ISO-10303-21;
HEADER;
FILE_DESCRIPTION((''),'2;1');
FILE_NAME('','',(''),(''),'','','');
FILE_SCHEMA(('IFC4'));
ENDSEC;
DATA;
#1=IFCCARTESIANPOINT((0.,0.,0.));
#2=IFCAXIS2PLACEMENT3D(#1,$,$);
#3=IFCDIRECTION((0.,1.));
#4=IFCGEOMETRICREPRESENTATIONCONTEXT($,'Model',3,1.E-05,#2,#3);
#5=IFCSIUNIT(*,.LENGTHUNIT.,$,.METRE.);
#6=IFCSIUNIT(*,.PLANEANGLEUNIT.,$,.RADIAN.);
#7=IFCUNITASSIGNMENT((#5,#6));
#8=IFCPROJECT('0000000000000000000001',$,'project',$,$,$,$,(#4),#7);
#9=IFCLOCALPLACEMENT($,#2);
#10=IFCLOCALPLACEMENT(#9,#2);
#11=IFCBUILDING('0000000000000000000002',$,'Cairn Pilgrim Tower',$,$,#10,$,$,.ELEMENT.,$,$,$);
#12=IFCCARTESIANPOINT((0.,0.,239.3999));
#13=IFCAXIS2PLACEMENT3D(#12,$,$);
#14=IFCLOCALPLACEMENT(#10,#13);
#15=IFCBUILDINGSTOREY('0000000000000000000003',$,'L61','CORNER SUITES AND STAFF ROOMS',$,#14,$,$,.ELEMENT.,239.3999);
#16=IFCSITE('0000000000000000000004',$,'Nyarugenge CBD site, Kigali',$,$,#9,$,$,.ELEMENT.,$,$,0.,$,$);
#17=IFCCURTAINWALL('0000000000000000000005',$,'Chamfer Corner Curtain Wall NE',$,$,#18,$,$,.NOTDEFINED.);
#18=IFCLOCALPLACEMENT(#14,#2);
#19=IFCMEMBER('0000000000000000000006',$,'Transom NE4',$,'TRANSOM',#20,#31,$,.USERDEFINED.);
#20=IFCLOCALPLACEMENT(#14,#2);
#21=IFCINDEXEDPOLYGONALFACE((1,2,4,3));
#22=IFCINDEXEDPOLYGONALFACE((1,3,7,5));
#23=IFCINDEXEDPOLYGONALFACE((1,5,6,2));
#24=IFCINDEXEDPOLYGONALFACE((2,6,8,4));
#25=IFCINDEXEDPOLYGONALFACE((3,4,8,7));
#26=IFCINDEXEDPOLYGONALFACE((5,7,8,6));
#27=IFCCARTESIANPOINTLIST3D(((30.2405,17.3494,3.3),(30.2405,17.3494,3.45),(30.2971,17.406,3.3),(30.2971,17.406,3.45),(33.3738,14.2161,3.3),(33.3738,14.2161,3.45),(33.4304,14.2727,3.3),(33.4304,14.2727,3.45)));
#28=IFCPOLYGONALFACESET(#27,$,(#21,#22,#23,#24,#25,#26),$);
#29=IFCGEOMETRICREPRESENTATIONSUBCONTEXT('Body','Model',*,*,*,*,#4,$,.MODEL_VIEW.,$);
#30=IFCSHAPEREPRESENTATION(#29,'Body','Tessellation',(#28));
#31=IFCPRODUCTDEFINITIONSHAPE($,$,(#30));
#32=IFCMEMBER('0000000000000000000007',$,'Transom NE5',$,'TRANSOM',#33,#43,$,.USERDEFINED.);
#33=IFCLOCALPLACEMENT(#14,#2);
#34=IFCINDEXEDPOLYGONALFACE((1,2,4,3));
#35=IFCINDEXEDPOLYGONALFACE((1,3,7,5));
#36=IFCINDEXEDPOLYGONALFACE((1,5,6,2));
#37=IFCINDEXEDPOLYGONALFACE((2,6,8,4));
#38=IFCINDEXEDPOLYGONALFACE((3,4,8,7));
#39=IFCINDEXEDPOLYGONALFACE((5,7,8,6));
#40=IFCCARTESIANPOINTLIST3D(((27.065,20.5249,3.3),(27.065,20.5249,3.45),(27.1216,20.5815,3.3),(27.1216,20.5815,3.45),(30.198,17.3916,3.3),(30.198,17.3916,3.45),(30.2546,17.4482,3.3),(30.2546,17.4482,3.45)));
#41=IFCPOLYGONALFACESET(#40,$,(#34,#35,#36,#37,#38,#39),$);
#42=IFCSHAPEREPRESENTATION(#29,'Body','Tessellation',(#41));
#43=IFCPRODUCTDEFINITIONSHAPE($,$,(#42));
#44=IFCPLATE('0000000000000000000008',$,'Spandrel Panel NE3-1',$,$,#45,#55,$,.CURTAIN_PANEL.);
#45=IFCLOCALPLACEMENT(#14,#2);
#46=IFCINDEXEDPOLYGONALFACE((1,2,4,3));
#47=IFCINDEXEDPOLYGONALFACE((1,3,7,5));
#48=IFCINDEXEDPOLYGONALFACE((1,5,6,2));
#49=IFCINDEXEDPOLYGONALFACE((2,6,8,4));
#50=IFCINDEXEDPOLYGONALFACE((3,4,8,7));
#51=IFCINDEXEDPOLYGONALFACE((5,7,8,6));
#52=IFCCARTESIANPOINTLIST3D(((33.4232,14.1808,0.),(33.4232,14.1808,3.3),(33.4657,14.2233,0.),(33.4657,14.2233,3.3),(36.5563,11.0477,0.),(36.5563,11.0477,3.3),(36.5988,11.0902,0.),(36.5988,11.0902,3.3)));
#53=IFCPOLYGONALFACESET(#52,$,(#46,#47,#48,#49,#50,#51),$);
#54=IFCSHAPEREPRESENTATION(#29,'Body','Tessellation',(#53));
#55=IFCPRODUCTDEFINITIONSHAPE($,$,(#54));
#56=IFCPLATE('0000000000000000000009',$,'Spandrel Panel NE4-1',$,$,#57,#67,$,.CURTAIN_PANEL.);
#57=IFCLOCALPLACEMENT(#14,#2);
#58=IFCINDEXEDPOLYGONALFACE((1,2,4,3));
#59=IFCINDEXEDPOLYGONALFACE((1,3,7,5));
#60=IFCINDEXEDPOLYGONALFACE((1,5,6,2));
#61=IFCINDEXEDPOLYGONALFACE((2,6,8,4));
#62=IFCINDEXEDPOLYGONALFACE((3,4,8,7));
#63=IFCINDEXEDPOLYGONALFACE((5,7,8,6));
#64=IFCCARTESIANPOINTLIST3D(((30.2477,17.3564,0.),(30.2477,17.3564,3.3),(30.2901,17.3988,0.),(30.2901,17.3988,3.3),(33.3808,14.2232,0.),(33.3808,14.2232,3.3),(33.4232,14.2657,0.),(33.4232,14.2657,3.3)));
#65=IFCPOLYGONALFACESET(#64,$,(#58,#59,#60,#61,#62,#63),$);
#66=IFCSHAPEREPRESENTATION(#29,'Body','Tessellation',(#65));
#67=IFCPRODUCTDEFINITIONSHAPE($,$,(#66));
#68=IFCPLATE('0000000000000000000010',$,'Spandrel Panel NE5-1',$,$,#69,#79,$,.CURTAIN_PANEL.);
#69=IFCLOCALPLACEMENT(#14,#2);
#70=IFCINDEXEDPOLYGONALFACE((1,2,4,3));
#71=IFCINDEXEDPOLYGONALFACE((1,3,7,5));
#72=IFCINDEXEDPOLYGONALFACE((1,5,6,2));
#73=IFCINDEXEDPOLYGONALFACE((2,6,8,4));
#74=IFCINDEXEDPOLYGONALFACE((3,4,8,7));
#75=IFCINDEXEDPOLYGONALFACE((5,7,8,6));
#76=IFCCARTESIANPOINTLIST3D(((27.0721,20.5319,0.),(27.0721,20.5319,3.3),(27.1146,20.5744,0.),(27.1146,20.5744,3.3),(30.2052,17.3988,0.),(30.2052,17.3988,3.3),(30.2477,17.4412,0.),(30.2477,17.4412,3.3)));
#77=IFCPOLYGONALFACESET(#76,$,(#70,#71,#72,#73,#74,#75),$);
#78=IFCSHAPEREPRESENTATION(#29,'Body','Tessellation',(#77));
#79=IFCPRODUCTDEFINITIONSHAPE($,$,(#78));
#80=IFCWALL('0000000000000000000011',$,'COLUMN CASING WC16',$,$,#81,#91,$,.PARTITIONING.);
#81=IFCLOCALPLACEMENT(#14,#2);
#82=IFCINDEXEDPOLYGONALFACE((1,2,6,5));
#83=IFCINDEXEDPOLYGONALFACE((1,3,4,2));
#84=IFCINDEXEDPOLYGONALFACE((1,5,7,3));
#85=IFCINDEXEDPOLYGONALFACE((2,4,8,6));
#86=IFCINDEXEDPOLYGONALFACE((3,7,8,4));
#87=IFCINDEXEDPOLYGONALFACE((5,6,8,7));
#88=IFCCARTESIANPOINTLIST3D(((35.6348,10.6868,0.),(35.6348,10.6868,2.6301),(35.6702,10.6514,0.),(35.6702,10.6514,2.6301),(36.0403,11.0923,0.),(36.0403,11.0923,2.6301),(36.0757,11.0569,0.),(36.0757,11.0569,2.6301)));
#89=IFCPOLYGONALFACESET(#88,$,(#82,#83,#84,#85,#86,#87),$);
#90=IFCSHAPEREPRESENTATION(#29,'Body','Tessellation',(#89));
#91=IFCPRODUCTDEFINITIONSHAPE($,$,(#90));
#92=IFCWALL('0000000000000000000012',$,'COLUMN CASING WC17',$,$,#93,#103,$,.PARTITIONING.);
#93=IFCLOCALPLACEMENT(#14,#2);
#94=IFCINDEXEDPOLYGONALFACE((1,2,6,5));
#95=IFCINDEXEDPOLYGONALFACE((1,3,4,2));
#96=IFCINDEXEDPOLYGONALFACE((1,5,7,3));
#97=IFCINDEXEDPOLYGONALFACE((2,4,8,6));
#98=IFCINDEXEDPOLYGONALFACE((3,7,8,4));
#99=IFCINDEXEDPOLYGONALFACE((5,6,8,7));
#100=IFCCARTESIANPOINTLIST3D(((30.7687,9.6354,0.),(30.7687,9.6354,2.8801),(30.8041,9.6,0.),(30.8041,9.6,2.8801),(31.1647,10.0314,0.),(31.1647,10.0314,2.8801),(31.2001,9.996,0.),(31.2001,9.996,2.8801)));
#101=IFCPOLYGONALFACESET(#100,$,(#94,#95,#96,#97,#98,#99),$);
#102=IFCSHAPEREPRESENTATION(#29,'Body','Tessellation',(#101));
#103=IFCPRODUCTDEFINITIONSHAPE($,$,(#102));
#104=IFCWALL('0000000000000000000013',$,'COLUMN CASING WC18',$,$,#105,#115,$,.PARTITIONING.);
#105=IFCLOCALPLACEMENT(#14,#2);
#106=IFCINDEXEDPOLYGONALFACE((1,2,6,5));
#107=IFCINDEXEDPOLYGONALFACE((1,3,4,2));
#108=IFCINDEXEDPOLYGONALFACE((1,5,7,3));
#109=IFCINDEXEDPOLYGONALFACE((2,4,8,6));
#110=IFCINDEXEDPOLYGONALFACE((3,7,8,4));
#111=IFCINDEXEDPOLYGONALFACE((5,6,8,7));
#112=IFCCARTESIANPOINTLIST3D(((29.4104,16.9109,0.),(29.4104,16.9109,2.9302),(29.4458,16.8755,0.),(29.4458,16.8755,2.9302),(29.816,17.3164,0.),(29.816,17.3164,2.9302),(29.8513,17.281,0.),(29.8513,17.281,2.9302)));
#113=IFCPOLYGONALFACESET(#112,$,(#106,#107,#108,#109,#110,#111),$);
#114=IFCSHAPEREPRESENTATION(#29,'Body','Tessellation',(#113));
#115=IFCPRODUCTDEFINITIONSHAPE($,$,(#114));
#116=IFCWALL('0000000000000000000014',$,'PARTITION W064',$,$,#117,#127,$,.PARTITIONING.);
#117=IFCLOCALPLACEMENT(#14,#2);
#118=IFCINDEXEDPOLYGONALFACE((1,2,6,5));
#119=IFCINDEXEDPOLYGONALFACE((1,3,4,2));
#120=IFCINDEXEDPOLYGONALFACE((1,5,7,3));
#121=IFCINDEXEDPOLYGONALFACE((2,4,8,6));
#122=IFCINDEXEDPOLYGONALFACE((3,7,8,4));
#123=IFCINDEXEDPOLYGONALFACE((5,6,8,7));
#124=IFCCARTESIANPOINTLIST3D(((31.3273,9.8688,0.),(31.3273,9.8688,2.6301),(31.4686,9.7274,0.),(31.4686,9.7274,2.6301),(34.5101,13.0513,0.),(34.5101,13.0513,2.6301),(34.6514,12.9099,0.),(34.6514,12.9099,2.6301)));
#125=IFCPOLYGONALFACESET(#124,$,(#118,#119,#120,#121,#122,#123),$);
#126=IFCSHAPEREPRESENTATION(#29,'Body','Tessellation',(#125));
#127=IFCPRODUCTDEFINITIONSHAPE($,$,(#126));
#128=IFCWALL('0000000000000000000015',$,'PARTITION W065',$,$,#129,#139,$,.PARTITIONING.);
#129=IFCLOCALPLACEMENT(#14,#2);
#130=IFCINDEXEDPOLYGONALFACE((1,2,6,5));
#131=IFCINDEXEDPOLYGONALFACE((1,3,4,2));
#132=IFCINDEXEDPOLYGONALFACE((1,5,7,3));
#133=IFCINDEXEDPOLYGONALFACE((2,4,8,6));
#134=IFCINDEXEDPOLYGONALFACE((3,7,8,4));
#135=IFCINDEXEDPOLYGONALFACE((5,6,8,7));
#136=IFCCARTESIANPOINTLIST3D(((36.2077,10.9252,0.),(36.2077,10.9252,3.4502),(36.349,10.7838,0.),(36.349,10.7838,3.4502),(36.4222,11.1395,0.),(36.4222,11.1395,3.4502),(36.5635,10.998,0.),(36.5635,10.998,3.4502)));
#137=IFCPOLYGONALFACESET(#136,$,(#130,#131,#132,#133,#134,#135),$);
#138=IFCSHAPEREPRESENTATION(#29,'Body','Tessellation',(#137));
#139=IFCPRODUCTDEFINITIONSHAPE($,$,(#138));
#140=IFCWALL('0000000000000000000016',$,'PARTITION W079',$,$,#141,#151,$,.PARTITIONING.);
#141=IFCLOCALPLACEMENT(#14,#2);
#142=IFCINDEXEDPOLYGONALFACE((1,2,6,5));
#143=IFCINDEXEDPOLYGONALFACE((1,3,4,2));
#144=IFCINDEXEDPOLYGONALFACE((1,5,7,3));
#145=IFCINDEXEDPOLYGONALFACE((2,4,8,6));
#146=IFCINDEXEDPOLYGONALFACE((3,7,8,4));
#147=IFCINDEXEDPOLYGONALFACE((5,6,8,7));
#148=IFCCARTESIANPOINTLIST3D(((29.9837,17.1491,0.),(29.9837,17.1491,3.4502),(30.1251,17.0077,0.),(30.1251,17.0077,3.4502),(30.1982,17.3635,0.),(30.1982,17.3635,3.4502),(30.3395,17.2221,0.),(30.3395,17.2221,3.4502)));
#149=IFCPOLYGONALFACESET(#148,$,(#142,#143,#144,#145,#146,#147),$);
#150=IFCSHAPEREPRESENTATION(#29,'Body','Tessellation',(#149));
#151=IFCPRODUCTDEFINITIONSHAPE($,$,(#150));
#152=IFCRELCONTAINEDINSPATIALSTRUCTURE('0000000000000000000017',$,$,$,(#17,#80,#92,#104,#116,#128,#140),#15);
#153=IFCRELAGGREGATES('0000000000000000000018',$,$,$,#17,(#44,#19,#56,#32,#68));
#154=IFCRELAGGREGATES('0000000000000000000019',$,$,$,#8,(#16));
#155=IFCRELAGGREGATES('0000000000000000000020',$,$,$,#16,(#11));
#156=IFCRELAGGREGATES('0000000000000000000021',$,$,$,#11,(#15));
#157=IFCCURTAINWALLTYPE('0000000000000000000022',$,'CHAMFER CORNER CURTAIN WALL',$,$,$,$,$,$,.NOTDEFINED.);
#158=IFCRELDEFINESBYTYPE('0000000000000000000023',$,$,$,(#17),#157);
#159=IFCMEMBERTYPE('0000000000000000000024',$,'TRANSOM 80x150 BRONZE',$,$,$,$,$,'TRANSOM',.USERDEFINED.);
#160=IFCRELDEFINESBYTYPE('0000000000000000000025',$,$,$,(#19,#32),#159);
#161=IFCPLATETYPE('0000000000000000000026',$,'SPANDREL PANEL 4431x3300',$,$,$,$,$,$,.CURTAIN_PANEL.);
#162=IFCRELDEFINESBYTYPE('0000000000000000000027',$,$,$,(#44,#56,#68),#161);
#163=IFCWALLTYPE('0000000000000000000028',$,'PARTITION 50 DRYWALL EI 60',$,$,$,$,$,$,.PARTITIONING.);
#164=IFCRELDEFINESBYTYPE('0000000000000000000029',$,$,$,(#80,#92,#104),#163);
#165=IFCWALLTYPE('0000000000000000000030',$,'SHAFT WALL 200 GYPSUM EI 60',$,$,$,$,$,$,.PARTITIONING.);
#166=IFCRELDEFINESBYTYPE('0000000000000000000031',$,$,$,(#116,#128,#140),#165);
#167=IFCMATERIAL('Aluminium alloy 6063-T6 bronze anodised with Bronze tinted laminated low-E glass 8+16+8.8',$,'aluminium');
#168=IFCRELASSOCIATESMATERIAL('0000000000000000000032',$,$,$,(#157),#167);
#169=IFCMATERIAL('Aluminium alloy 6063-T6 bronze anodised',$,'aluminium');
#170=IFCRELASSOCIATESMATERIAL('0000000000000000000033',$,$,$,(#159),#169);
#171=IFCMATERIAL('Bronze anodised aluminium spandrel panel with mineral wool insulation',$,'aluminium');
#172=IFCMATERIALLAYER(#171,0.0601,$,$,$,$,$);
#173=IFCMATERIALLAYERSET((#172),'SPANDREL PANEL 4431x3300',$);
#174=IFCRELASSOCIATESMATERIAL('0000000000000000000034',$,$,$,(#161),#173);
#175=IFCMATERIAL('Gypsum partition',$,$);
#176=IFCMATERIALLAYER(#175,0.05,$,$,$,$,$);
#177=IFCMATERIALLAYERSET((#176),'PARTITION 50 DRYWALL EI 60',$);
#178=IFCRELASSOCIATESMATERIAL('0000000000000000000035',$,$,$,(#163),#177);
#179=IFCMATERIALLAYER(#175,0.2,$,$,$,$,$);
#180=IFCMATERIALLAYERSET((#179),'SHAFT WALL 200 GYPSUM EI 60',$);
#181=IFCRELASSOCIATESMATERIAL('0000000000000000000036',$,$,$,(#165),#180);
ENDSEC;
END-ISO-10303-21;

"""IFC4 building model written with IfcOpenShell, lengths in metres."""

from ifc_helpers import new_model, si_unit, direction, frame, frame_2d, origin, origin_2d, place, context, subcontext, project, spatial, rectangle, extrude, material, layer, layer_set, material_profile, profile_set, type_object, element, aggregate, save


model = new_model("IFC4")

# Units and contexts
model_context = context("Model", 3, precision=1e-05, world=origin(), true_north=direction((0.0, 1.0)))
body_context = subcontext(model_context, "Body", "Model", "MODEL_VIEW")
ifc_project = project(units=[si_unit("LENGTHUNIT", "METRE"), si_unit("PLANEANGLEUNIT", "RADIAN")], contexts=[model_context])

# Site, building, storey
site_placement = place(None, origin())
site = spatial("IfcSite", under=ifc_project, at=site_placement, Name="Nyarugenge CBD site, Kigali", CompositionType="ELEMENT", RefElevation=0.0)
building_placement = place(site_placement, origin())
building = spatial("IfcBuilding", under=site, at=building_placement, Name="Cairn Pilgrim Tower", CompositionType="ELEMENT")
storey_placement = place(building_placement, frame((0.0, 0.0, 239.3999)))
storey = spatial("IfcBuildingStorey", under=building, at=storey_placement, Name="L61", Description="CORNER SUITES AND STAFF ROOMS", CompositionType="ELEMENT", Elevation=239.3999)

# Curtain wall
ifc_material_1 = material(Name="Aluminium alloy 6063-T6 bronze anodised with Bronze tinted laminated low-E glass 8+16+8.8", Category="aluminium")
curtain_wall_type = type_object("IfcCurtainWallType", Name="CHAMFER CORNER CURTAIN WALL", PredefinedType="NOTDEFINED", material=ifc_material_1)
curtain_wall_placement = place(storey_placement, origin())
curtain_wall = element("IfcCurtainWall", 1, at=curtain_wall_placement, inside=storey, type_object=curtain_wall_type, Name="Chamfer Corner Curtain Wall NE", PredefinedType="NOTDEFINED")
ifc_material_2 = material(Name="Aluminium alloy 6063-T6 bronze anodised", Category="aluminium")

# Members
ifc_material_profile_1 = material_profile(ifc_material_2, rectangle(XDim=0.0801, YDim=0.1499, at=origin_2d()), Name="TRANSOM 80x150 BRONZE")
ifc_profile_set_1 = profile_set([ifc_material_profile_1], Name="Aluminium alloy 6063-T6 bronze anodised")
member_type_1 = type_object("IfcMemberType", Name="TRANSOM 80x150 BRONZE", ElementType="TRANSOM", PredefinedType="USERDEFINED", material=ifc_profile_set_1)
member_1_placement = place(storey_placement, frame((33.4021, 14.2444, 3.375), z_axis=(-0.707107, 0.707107, 0.0), x_axis=(-0.707107, -0.707107, 0.0)))
member_1 = element("IfcMember", 2, at=member_1_placement, type_object=member_type_1, Name="Transom NE4", ObjectType="TRANSOM", PredefinedType="USERDEFINED", context=body_context, shape_type="SweptSolid", body=[
    extrude(rectangle(XDim=0.0801, YDim=0.1499, at=origin_2d()), origin(), (0.0, 0.0, 1.0), 4.4312),
])
member_2_placement = place(storey_placement, frame((30.2263, 17.4199, 3.375), z_axis=(-0.707079, 0.707134, 0.0), x_axis=(-0.707134, -0.707079, 0.0)))
member_2 = element("IfcMember", 3, at=member_2_placement, type_object=member_type_1, Name="Transom NE5", ObjectType="TRANSOM", PredefinedType="USERDEFINED", context=body_context, shape_type="SweptSolid", body=[
    extrude(rectangle(XDim=0.0801, YDim=0.1499, at=origin_2d()), origin(), (0.0, 0.0, 1.0), 4.4309),
])

# Plates
ifc_material_3 = material(Name="Bronze anodised aluminium spandrel panel with mineral wool insulation", Category="aluminium")
ifc_layer_1 = layer(ifc_material_3, 0.0601)
ifc_layer_set_1 = layer_set([ifc_layer_1], Name="SPANDREL PANEL 4431x3300")
plate_type = type_object("IfcPlateType", Name="SPANDREL PANEL 4431x3300", PredefinedType="CURTAIN_PANEL", material=ifc_layer_set_1)
plate_1_placement = place(storey_placement, frame((35.011, 12.6355, 0.0), z_axis=(0.0, 0.0, 1.0), x_axis=(-0.707107, 0.707107, 0.0)))
plate_1 = element("IfcPlate", 4, at=plate_1_placement, type_object=plate_type, Name="Spandrel Panel NE3-1", PredefinedType="CURTAIN_PANEL", context=body_context, shape_type="SweptSolid", body=[
    extrude(rectangle(XDim=4.4309, YDim=0.0601, at=origin_2d()), origin(), (0.0, 0.0, 1.0), 3.3),
])
plate_2_placement = place(storey_placement, frame((31.8354, 15.811, 0.0), z_axis=(0.0, 0.0, 1.0), x_axis=(-0.707107, 0.707107, 0.0)))
plate_2 = element("IfcPlate", 5, at=plate_2_placement, type_object=plate_type, Name="Spandrel Panel NE4-1", PredefinedType="CURTAIN_PANEL", context=body_context, shape_type="SweptSolid", body=[
    extrude(rectangle(XDim=4.4309, YDim=0.0601, at=origin_2d()), origin(), (0.0, 0.0, 1.0), 3.3),
])
plate_3_placement = place(storey_placement, frame((28.6599, 18.9866, 0.0), z_axis=(0.0, 0.0, 1.0), x_axis=(-0.707107, 0.707107, 0.0)))
plate_3 = element("IfcPlate", 6, at=plate_3_placement, type_object=plate_type, Name="Spandrel Panel NE5-1", PredefinedType="CURTAIN_PANEL", context=body_context, shape_type="SweptSolid", body=[
    extrude(rectangle(XDim=4.4309, YDim=0.0601, at=origin_2d()), origin(), (0.0, 0.0, 1.0), 3.3),
])
aggregate(curtain_wall, [plate_1, member_1, plate_2, member_2, plate_3])

# Walls
ifc_material_4 = material(Name="Gypsum partition")
ifc_layer_2 = layer(ifc_material_4, 0.05)
ifc_layer_set_2 = layer_set([ifc_layer_2], Name="PARTITION 50 DRYWALL EI 60")
wall_type_1 = type_object("IfcWallType", Name="PARTITION 50 DRYWALL EI 60", PredefinedType="PARTITIONING", material=ifc_layer_set_2)
wall_1_placement = place(storey_placement, frame((35.6526, 10.6692, 0.0), z_axis=(0.0, 0.0, 1.0), x_axis=(0.707107, 0.707107, 0.0)))
element("IfcWall", 7, at=wall_1_placement, inside=storey, type_object=wall_type_1, Name="COLUMN CASING WC16", PredefinedType="PARTITIONING", context=body_context, shape_type="SweptSolid", body=[
    extrude(rectangle(XDim=0.5735, YDim=0.05, at=frame_2d((0.2866, 0.0))), origin(), (0.0, 0.0, 1.0), 2.6301),
])
wall_2_placement = place(storey_placement, frame((30.7864, 9.6177, 0.0), z_axis=(0.0, 0.0, 1.0), x_axis=(0.707107, 0.707107, 0.0)))
element("IfcWall", 8, at=wall_2_placement, inside=storey, type_object=wall_type_1, Name="COLUMN CASING WC17", PredefinedType="PARTITIONING", context=body_context, shape_type="SweptSolid", body=[
    extrude(rectangle(XDim=0.5601, YDim=0.05, at=frame_2d((0.28, 0.0))), origin(), (0.0, 0.0, 1.0), 2.8801),
])
wall_3_placement = place(storey_placement, frame((29.4282, 16.8933, 0.0), z_axis=(0.0, 0.0, 1.0), x_axis=(0.707107, 0.707107, 0.0)))
element("IfcWall", 9, at=wall_3_placement, inside=storey, type_object=wall_type_1, Name="COLUMN CASING WC18", PredefinedType="PARTITIONING", context=body_context, shape_type="SweptSolid", body=[
    extrude(rectangle(XDim=0.5735, YDim=0.05, at=frame_2d((0.2866, 0.0))), origin(), (0.0, 0.0, 1.0), 2.9302),
])
ifc_layer_3 = layer(ifc_material_4, 0.2)
ifc_layer_set_3 = layer_set([ifc_layer_3], Name="SHAFT WALL 200 GYPSUM EI 60")
wall_type_2 = type_object("IfcWallType", Name="SHAFT WALL 200 GYPSUM EI 60", PredefinedType="PARTITIONING", material=ifc_layer_set_3)
wall_4_placement = place(storey_placement, frame((31.3979, 9.7981, 0.0), z_axis=(0.0, 0.0, 1.0), x_axis=(0.707134, 0.70708, 0.0)))
element("IfcWall", 10, at=wall_4_placement, inside=storey, type_object=wall_type_2, Name="PARTITION W064", PredefinedType="PARTITIONING", context=body_context, shape_type="SweptSolid", body=[
    extrude(rectangle(XDim=4.501, YDim=0.2, at=frame_2d((2.2505, 0.0))), origin(), (0.0, 0.0, 1.0), 2.6301),
])
for number, where, z_axis, x_axis, name in (
    (11, (36.2783, 10.8545, 0.0), (0.0, 0.0, 1.0), (0.707509, 0.706704, 0.0), "PARTITION W065"),
    (12, (30.0544, 17.0784, 0.0), (0.0, 0.0, 1.0), (0.707107, 0.707107, 0.0), "PARTITION W079"),
):
    element("IfcWall", number, at=place(storey_placement, frame(where, z_axis=z_axis, x_axis=x_axis)), inside=storey, type_object=wall_type_2, Name=name, PredefinedType="PARTITIONING", context=body_context, shape_type="SweptSolid", body=[
        extrude(rectangle(XDim=0.3032, YDim=0.2, at=frame_2d((0.1516, 0.0))), origin(), (0.0, 0.0, 1.0), 3.4502),
    ])

save(model, "model.ifc")
